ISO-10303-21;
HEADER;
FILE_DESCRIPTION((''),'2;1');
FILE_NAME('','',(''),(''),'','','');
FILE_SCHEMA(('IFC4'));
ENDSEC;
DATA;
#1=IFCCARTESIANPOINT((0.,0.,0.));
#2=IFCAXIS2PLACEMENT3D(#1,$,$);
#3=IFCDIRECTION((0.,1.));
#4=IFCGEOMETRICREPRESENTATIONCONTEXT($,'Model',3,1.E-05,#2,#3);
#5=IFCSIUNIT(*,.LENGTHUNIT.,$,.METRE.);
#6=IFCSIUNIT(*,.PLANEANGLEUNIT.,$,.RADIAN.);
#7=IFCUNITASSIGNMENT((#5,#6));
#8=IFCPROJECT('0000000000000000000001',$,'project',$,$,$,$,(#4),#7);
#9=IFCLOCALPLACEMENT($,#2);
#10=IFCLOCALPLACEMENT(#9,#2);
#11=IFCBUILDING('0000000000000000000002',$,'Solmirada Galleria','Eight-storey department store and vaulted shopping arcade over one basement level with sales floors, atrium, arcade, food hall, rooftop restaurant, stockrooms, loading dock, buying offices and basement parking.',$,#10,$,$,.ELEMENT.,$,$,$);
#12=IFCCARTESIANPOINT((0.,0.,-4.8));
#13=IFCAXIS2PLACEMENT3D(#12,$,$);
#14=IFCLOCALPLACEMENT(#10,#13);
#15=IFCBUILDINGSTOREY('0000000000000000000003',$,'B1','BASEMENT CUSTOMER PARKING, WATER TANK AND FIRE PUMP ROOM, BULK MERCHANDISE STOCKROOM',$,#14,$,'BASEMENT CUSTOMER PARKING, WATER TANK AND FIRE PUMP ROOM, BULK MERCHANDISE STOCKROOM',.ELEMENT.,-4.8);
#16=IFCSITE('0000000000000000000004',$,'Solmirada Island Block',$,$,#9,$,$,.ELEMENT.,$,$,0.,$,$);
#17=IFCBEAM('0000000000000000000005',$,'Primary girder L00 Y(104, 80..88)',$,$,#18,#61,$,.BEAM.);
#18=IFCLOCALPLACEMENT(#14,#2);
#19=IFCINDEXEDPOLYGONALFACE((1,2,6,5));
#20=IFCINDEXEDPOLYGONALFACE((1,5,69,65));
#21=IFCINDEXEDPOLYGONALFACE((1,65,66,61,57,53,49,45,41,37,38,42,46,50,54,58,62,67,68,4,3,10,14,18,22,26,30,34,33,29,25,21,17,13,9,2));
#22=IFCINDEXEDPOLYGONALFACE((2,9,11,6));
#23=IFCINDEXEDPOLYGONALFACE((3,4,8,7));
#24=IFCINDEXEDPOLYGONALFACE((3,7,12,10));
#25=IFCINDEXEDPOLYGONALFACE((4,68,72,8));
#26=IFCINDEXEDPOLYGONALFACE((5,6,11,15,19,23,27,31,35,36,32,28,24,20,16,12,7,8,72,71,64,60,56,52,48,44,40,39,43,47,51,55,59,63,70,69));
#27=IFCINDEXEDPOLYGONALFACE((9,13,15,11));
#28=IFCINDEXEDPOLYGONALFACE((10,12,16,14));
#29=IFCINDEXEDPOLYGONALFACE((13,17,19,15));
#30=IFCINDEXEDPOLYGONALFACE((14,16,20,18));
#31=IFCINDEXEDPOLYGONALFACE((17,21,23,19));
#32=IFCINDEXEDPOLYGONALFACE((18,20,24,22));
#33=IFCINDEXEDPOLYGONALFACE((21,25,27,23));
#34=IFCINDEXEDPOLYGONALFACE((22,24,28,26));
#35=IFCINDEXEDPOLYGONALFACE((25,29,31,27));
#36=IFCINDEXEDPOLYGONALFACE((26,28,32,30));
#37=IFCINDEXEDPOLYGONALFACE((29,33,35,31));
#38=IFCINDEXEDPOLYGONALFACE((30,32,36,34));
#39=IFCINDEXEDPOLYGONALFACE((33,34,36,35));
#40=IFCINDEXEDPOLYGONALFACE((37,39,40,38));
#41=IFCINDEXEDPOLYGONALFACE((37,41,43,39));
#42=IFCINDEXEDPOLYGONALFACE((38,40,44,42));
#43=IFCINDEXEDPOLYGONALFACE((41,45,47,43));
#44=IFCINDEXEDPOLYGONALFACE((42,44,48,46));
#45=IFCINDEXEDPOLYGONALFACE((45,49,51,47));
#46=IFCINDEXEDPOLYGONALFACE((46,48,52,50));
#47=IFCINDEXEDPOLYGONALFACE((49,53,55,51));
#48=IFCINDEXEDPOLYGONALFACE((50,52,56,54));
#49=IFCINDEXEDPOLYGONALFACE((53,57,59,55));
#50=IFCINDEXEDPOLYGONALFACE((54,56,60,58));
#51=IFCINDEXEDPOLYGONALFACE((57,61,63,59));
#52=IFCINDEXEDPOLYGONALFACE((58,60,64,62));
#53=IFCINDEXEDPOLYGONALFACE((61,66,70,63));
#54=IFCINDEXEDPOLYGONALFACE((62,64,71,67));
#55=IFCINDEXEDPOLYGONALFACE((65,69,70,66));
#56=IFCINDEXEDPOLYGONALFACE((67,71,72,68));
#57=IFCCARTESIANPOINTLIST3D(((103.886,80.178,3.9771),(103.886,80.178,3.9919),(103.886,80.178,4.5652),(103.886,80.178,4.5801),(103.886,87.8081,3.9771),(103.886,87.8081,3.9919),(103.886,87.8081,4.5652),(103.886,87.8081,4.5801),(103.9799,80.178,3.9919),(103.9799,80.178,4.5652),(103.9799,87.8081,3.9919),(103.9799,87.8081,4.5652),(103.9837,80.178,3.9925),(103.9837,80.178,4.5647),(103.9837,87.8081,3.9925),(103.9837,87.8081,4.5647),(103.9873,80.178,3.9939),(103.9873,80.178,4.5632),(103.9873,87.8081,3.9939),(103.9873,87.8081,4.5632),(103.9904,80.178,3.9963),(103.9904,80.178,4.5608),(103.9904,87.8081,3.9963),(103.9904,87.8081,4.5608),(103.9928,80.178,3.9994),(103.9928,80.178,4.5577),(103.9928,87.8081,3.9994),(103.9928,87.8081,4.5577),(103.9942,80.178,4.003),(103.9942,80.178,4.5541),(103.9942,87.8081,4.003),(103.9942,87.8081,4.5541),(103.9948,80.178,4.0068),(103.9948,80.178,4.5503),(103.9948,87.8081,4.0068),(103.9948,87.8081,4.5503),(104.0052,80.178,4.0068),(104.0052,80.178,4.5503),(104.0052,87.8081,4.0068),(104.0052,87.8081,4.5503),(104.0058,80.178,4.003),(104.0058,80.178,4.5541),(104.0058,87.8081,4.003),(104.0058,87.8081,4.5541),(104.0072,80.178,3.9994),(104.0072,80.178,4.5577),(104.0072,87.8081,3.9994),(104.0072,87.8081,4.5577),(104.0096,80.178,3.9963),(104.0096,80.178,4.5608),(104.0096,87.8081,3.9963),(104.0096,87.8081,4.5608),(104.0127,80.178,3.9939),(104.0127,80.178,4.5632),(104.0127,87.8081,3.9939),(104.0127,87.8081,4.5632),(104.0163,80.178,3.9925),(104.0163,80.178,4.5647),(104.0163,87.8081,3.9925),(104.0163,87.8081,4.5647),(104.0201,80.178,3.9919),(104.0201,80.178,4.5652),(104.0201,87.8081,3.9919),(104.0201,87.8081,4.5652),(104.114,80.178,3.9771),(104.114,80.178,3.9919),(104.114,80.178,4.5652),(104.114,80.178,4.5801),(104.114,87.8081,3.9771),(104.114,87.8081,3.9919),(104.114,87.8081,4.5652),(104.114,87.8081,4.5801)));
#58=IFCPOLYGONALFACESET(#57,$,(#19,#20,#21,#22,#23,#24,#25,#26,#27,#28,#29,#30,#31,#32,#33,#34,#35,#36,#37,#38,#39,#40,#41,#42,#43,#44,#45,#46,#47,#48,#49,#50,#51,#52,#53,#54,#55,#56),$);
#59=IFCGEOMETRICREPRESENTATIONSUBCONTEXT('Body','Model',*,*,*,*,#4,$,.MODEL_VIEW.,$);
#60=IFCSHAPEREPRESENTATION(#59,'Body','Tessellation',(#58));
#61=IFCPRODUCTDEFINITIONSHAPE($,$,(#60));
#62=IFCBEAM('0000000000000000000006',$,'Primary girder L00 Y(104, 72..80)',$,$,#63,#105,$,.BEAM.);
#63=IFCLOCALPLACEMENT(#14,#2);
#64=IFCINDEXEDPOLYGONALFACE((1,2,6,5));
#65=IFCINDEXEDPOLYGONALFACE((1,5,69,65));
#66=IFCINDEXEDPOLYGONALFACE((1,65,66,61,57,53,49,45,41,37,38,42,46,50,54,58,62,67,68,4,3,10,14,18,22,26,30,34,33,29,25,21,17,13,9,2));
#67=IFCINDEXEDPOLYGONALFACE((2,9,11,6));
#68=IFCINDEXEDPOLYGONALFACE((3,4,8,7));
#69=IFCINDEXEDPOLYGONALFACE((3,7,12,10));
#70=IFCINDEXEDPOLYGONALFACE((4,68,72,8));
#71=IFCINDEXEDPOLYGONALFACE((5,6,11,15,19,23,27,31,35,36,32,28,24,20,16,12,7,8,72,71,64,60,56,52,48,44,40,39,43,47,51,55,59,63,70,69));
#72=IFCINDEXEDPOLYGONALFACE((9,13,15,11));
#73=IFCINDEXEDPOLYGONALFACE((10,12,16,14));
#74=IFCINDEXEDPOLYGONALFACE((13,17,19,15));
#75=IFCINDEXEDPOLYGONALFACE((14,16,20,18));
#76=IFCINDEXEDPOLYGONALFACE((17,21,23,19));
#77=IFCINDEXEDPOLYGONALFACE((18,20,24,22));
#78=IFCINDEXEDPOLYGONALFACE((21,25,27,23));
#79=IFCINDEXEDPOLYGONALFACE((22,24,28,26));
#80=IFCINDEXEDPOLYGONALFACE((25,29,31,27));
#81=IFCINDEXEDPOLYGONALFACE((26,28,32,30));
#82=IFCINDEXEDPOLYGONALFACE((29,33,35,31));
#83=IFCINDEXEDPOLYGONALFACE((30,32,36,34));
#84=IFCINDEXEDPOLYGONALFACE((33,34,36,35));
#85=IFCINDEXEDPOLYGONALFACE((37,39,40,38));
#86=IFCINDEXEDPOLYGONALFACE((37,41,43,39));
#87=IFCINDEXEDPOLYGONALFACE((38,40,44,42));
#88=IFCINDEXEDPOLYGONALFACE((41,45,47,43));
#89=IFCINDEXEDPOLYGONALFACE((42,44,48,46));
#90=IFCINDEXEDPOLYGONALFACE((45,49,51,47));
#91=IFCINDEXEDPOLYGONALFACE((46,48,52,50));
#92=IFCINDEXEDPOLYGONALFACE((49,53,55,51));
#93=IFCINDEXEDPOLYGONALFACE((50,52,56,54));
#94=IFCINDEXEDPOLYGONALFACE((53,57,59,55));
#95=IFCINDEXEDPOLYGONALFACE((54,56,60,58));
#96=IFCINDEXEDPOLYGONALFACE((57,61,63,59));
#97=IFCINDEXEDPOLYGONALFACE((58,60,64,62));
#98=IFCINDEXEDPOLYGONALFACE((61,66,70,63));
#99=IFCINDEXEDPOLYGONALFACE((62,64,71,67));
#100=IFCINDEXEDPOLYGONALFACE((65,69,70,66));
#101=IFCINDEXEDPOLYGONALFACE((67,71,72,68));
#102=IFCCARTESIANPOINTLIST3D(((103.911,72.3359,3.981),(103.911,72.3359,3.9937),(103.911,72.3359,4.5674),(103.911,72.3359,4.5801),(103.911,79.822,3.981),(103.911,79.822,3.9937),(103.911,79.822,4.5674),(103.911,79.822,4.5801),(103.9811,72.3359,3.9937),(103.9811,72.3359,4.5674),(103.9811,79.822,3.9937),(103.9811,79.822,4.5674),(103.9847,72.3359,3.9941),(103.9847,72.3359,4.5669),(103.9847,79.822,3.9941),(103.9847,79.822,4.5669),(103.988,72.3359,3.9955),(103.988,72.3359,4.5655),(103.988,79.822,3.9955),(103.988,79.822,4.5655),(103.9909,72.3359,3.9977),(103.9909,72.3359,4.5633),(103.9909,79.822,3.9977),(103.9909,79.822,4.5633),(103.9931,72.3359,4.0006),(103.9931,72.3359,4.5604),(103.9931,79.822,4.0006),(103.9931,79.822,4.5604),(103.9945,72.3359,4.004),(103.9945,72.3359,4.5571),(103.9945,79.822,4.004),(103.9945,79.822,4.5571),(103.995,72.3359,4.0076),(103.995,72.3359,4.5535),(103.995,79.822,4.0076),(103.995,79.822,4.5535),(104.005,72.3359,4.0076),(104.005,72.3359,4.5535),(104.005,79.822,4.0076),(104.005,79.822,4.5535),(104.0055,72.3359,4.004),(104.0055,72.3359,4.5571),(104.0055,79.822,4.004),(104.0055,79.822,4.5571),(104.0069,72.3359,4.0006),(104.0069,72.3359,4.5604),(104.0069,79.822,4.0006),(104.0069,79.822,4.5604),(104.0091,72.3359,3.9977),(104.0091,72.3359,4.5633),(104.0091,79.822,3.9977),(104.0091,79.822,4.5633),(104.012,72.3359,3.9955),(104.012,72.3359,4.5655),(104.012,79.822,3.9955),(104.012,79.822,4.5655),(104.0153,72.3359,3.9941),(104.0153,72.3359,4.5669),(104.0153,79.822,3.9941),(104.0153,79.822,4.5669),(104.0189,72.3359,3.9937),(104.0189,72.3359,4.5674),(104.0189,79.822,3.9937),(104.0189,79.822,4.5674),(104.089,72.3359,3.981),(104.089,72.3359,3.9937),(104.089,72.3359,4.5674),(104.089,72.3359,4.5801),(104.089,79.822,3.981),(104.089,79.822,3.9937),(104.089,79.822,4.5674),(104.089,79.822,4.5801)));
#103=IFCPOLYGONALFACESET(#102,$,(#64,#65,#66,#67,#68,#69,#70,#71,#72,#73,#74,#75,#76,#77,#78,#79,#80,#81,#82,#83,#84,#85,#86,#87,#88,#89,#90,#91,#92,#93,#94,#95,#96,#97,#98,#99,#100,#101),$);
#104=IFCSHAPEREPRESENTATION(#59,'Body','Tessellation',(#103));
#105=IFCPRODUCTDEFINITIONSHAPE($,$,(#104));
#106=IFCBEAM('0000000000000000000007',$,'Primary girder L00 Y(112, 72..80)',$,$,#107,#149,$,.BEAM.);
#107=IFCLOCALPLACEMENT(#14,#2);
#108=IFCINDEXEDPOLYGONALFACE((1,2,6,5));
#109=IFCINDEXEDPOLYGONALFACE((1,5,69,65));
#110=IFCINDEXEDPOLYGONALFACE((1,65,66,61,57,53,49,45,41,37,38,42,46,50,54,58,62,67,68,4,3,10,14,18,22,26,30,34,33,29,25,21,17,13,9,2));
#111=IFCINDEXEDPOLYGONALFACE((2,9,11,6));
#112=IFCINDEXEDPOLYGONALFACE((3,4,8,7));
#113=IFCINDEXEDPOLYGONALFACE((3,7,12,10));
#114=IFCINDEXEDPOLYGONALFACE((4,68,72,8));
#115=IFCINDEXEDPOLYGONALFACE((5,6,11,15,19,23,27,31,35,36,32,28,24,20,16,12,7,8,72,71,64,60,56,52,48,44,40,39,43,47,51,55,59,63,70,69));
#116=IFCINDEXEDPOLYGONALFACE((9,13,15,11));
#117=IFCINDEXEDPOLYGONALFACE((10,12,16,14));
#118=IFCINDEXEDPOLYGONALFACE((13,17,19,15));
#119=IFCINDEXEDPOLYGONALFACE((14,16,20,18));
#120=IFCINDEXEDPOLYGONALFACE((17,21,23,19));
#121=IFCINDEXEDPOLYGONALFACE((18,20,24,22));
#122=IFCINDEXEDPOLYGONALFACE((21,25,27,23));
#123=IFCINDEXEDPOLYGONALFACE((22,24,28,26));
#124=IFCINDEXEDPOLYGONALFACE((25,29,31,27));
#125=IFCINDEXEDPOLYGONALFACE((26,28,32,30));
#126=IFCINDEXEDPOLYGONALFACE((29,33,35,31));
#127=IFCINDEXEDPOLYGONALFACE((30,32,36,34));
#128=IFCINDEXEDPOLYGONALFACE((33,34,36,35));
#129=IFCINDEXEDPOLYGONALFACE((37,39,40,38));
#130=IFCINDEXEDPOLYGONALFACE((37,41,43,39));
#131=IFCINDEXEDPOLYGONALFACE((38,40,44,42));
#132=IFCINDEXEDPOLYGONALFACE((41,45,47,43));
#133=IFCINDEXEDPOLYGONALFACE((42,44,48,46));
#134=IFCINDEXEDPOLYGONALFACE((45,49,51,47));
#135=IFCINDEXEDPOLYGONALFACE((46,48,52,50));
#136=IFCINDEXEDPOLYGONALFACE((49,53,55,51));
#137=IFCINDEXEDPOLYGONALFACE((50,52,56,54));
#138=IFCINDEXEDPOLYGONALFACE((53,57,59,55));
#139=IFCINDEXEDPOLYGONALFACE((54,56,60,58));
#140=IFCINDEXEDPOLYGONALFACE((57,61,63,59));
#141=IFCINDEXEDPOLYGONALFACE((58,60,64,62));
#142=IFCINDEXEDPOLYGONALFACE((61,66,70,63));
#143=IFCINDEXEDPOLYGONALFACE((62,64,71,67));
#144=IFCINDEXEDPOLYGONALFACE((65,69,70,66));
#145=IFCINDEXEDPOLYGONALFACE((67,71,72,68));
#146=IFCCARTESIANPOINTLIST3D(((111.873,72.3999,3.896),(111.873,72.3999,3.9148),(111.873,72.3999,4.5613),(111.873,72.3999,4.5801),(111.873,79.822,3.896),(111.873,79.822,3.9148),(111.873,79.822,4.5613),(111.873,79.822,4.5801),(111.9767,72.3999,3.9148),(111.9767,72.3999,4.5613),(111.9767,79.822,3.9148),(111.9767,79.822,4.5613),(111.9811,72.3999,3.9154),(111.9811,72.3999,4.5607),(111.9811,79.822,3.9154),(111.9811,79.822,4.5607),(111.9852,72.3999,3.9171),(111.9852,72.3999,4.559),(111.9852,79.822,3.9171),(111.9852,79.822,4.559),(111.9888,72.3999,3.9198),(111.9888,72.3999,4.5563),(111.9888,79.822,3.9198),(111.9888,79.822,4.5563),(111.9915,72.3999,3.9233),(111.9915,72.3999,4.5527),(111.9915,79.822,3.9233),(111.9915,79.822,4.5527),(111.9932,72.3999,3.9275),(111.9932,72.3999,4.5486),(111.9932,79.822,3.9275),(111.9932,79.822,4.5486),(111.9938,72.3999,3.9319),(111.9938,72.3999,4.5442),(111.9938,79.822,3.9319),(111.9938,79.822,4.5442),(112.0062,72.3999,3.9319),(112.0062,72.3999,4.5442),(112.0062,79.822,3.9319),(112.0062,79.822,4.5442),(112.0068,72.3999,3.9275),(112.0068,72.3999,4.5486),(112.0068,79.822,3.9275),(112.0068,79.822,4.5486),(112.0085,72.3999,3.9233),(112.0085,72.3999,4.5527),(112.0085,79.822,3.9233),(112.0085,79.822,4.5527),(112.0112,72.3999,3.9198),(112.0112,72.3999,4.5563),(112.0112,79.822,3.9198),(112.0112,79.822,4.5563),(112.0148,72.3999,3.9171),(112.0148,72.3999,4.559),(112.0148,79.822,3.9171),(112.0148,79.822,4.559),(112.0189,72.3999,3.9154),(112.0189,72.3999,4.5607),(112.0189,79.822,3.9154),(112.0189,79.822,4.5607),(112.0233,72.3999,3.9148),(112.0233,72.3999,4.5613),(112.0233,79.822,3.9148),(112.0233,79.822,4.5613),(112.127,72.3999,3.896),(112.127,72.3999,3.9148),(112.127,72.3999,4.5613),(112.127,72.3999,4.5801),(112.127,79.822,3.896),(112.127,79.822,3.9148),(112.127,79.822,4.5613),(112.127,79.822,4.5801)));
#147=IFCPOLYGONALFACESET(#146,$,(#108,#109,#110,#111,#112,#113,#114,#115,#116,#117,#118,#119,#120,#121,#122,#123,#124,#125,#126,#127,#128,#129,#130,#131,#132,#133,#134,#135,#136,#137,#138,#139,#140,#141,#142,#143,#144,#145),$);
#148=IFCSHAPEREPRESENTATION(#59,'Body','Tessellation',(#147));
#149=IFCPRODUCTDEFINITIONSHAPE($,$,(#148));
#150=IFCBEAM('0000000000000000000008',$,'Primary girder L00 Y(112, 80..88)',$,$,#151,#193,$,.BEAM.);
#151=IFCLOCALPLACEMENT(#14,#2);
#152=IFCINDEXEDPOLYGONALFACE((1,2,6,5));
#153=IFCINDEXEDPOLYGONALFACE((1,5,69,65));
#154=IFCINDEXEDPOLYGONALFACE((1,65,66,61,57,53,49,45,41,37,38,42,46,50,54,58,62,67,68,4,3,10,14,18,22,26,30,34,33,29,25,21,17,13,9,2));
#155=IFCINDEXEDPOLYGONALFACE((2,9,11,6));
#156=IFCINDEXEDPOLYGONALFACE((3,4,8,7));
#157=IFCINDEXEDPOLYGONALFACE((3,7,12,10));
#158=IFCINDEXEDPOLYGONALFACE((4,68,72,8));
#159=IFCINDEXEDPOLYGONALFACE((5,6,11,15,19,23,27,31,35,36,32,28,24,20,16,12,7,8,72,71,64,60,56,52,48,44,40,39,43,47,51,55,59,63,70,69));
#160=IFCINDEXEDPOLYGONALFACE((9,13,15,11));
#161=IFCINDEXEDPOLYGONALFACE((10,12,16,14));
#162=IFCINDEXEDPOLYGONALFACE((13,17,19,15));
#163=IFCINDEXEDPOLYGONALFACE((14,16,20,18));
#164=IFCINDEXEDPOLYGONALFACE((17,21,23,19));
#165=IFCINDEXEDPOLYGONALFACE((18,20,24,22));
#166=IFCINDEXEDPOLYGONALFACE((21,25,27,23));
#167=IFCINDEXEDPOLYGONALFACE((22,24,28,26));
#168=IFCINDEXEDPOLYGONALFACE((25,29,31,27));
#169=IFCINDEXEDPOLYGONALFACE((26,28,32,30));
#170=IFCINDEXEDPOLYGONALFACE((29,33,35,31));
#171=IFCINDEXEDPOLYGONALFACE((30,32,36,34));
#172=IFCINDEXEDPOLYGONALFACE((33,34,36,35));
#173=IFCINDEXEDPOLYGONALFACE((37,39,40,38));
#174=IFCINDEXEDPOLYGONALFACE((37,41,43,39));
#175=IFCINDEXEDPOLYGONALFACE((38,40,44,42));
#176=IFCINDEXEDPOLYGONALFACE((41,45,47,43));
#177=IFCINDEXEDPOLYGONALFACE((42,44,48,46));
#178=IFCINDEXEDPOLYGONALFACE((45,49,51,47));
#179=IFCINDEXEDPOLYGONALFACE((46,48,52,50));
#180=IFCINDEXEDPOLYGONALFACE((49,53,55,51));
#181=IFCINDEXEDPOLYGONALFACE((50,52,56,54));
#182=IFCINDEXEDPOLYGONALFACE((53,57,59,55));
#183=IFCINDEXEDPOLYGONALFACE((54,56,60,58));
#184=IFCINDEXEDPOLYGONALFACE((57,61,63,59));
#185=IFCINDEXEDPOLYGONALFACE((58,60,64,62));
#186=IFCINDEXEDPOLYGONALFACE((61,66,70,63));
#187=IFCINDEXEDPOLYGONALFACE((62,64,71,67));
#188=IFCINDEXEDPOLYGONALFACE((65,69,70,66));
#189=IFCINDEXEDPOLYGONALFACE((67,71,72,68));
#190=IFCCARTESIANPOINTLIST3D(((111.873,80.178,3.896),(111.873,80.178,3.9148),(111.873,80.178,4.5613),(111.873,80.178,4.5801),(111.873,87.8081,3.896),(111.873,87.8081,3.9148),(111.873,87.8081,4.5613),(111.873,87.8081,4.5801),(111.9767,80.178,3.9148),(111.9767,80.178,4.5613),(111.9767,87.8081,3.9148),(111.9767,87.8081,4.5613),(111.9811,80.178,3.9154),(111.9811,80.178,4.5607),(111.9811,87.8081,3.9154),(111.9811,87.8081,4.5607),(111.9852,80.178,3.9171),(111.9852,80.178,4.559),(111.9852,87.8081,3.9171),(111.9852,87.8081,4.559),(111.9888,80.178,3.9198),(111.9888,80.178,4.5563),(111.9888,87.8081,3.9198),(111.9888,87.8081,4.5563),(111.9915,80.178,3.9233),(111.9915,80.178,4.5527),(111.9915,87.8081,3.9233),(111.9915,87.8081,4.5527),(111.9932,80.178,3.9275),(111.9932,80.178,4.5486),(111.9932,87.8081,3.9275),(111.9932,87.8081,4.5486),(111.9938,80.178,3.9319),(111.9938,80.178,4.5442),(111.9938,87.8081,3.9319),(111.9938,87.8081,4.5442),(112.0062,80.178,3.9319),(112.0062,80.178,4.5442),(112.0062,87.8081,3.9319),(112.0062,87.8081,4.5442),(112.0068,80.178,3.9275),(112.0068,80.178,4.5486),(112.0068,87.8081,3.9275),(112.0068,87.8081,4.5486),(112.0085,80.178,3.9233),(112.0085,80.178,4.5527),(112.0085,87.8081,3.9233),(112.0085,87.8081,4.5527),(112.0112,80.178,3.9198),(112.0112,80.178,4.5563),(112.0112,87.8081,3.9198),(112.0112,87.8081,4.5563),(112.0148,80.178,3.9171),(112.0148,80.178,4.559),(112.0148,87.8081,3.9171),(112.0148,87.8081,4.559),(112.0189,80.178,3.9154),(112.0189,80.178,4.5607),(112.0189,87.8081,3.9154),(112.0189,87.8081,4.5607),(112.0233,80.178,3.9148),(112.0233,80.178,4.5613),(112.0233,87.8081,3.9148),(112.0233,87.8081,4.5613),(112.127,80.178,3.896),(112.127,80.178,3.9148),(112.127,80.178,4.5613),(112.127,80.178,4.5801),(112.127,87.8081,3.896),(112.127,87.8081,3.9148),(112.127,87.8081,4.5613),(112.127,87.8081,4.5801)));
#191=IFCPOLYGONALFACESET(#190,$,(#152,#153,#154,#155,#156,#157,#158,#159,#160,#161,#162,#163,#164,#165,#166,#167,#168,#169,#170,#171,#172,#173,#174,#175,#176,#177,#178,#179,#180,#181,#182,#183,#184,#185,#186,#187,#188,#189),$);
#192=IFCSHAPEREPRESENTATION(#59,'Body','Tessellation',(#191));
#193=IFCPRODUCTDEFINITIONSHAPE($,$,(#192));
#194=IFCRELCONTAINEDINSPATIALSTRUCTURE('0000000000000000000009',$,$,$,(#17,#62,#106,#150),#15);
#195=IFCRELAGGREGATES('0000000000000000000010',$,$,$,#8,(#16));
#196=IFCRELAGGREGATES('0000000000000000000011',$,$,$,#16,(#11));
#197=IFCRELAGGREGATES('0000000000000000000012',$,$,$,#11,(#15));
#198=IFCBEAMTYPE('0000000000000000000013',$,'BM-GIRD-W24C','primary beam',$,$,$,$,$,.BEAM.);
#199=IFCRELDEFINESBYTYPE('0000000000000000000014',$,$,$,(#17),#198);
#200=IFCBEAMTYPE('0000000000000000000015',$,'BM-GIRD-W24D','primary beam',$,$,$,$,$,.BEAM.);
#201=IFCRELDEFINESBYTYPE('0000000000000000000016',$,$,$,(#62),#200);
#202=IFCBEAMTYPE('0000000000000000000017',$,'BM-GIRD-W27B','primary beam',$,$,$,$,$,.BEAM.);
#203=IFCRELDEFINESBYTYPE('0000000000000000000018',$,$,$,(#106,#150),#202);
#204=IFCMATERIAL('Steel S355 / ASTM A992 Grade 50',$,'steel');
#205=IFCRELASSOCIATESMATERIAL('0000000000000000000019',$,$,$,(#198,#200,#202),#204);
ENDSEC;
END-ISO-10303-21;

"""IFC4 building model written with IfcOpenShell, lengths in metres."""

from ifc_helpers import new_model, si_unit, direction, frame, origin, origin_2d, place, context, subcontext, project, spatial, i_section, extrude, material, material_profile, profile_set, type_object, element, save


model = new_model("IFC4")

# Units and contexts
model_context = context("Model", 3, precision=1e-05, world=origin(), true_north=direction((0.0, 1.0)))
body_context = subcontext(model_context, "Body", "Model", "MODEL_VIEW")
ifc_project = project(units=[si_unit("LENGTHUNIT", "METRE"), si_unit("PLANEANGLEUNIT", "RADIAN")], contexts=[model_context])

# Site, building, storey
site_placement = place(None, origin())
site = spatial("IfcSite", under=ifc_project, at=site_placement, Name="Solmirada Island Block", CompositionType="ELEMENT", RefElevation=0.0)
building_placement = place(site_placement, origin())
building = spatial("IfcBuilding", under=site, at=building_placement, Name="Solmirada Galleria", Description="Eight-storey department store and vaulted shopping arcade over one basement level with sales floors, atrium, arcade, food hall, rooftop restaurant, stockrooms, loading dock, buying offices and basement parking.", CompositionType="ELEMENT")
storey_placement = place(building_placement, frame((0.0, 0.0, -4.8)))
storey = spatial("IfcBuildingStorey", under=building, at=storey_placement, Name="B1", Description="BASEMENT CUSTOMER PARKING, WATER TANK AND FIRE PUMP ROOM, BULK MERCHANDISE STOCKROOM", LongName="BASEMENT CUSTOMER PARKING, WATER TANK AND FIRE PUMP ROOM, BULK MERCHANDISE STOCKROOM", CompositionType="ELEMENT", Elevation=-4.8)

# Beams
ifc_material_1 = material(Name="Steel S355 / ASTM A992 Grade 50", Category="steel")
ifc_material_profile_1 = material_profile(ifc_material_1, i_section(OverallWidth=0.228, OverallDepth=0.603, WebThickness=0.0105, FlangeThickness=0.0149, FilletRadius=0.0149, at=origin_2d()), Name="W24X68")
ifc_profile_set_1 = profile_set([ifc_material_profile_1], Name="Steel S355 / ASTM A992 Grade 50")
beam_type_1 = type_object("IfcBeamType", Name="BM-GIRD-W24C", Description="primary beam", PredefinedType="BEAM", material=ifc_profile_set_1)
beam_1_placement = place(storey_placement, frame((104.0, 80.178, 4.2786), z_axis=(0.0, 1.0, 0.0), x_axis=(-1.0, 0.0, 0.0)))
element("IfcBeam", 1, at=beam_1_placement, inside=storey, type_object=beam_type_1, Name="Primary girder L00 Y(104, 80..88)", PredefinedType="BEAM", context=body_context, shape_type="SweptSolid", body=[
    extrude(i_section(OverallWidth=0.228, OverallDepth=0.603, WebThickness=0.0105, FlangeThickness=0.0149, FilletRadius=0.0149, at=origin_2d()), origin(), (0.0, 0.0, 1.0), 7.6301),
])
ifc_material_profile_2 = material_profile(ifc_material_1, i_section(OverallWidth=0.178, OverallDepth=0.5991, WebThickness=0.01, FlangeThickness=0.0127, FilletRadius=0.0139, at=origin_2d()), Name="W24X55")
ifc_profile_set_2 = profile_set([ifc_material_profile_2], Name="Steel S355 / ASTM A992 Grade 50")
beam_type_2 = type_object("IfcBeamType", Name="BM-GIRD-W24D", Description="primary beam", PredefinedType="BEAM", material=ifc_profile_set_2)
beam_2_placement = place(storey_placement, frame((104.0, 72.3359, 4.2805), z_axis=(0.0, 1.0, 0.0), x_axis=(-1.0, 0.0, 0.0)))
element("IfcBeam", 2, at=beam_2_placement, inside=storey, type_object=beam_type_2, Name="Primary girder L00 Y(104, 72..80)", PredefinedType="BEAM", context=body_context, shape_type="SweptSolid", body=[
    extrude(i_section(OverallWidth=0.178, OverallDepth=0.5991, WebThickness=0.01, FlangeThickness=0.0127, FilletRadius=0.0139, at=origin_2d()), origin(), (0.0, 0.0, 1.0), 7.4861),
])
ifc_material_profile_3 = material_profile(ifc_material_1, i_section(OverallWidth=0.2539, OverallDepth=0.6841, WebThickness=0.0125, FlangeThickness=0.0188, FilletRadius=0.0171, at=origin_2d()), Name="W27X94")
ifc_profile_set_3 = profile_set([ifc_material_profile_3], Name="Steel S355 / ASTM A992 Grade 50")
beam_type_3 = type_object("IfcBeamType", Name="BM-GIRD-W27B", Description="primary beam", PredefinedType="BEAM", material=ifc_profile_set_3)
beam_3_placement = place(storey_placement, frame((112.0, 72.3999, 4.238), z_axis=(0.0, 1.0, 0.0), x_axis=(-1.0, 0.0, 0.0)))
element("IfcBeam", 3, at=beam_3_placement, inside=storey, type_object=beam_type_3, Name="Primary girder L00 Y(112, 72..80)", PredefinedType="BEAM", context=body_context, shape_type="SweptSolid", body=[
    extrude(i_section(OverallWidth=0.2539, OverallDepth=0.6841, WebThickness=0.0125, FlangeThickness=0.0188, FilletRadius=0.0171, at=origin_2d()), origin(), (0.0, 0.0, 1.0), 7.4221),
])
beam_4_placement = place(storey_placement, frame((112.0, 80.178, 4.238), z_axis=(0.0, 1.0, 0.0), x_axis=(-1.0, 0.0, 0.0)))
element("IfcBeam", 4, at=beam_4_placement, inside=storey, type_object=beam_type_3, Name="Primary girder L00 Y(112, 80..88)", PredefinedType="BEAM", context=body_context, shape_type="SweptSolid", body=[
    extrude(i_section(OverallWidth=0.2539, OverallDepth=0.6841, WebThickness=0.0125, FlangeThickness=0.0188, FilletRadius=0.0171, at=origin_2d()), origin(), (0.0, 0.0, 1.0), 7.6301),
])

save(model, "model.ifc")
